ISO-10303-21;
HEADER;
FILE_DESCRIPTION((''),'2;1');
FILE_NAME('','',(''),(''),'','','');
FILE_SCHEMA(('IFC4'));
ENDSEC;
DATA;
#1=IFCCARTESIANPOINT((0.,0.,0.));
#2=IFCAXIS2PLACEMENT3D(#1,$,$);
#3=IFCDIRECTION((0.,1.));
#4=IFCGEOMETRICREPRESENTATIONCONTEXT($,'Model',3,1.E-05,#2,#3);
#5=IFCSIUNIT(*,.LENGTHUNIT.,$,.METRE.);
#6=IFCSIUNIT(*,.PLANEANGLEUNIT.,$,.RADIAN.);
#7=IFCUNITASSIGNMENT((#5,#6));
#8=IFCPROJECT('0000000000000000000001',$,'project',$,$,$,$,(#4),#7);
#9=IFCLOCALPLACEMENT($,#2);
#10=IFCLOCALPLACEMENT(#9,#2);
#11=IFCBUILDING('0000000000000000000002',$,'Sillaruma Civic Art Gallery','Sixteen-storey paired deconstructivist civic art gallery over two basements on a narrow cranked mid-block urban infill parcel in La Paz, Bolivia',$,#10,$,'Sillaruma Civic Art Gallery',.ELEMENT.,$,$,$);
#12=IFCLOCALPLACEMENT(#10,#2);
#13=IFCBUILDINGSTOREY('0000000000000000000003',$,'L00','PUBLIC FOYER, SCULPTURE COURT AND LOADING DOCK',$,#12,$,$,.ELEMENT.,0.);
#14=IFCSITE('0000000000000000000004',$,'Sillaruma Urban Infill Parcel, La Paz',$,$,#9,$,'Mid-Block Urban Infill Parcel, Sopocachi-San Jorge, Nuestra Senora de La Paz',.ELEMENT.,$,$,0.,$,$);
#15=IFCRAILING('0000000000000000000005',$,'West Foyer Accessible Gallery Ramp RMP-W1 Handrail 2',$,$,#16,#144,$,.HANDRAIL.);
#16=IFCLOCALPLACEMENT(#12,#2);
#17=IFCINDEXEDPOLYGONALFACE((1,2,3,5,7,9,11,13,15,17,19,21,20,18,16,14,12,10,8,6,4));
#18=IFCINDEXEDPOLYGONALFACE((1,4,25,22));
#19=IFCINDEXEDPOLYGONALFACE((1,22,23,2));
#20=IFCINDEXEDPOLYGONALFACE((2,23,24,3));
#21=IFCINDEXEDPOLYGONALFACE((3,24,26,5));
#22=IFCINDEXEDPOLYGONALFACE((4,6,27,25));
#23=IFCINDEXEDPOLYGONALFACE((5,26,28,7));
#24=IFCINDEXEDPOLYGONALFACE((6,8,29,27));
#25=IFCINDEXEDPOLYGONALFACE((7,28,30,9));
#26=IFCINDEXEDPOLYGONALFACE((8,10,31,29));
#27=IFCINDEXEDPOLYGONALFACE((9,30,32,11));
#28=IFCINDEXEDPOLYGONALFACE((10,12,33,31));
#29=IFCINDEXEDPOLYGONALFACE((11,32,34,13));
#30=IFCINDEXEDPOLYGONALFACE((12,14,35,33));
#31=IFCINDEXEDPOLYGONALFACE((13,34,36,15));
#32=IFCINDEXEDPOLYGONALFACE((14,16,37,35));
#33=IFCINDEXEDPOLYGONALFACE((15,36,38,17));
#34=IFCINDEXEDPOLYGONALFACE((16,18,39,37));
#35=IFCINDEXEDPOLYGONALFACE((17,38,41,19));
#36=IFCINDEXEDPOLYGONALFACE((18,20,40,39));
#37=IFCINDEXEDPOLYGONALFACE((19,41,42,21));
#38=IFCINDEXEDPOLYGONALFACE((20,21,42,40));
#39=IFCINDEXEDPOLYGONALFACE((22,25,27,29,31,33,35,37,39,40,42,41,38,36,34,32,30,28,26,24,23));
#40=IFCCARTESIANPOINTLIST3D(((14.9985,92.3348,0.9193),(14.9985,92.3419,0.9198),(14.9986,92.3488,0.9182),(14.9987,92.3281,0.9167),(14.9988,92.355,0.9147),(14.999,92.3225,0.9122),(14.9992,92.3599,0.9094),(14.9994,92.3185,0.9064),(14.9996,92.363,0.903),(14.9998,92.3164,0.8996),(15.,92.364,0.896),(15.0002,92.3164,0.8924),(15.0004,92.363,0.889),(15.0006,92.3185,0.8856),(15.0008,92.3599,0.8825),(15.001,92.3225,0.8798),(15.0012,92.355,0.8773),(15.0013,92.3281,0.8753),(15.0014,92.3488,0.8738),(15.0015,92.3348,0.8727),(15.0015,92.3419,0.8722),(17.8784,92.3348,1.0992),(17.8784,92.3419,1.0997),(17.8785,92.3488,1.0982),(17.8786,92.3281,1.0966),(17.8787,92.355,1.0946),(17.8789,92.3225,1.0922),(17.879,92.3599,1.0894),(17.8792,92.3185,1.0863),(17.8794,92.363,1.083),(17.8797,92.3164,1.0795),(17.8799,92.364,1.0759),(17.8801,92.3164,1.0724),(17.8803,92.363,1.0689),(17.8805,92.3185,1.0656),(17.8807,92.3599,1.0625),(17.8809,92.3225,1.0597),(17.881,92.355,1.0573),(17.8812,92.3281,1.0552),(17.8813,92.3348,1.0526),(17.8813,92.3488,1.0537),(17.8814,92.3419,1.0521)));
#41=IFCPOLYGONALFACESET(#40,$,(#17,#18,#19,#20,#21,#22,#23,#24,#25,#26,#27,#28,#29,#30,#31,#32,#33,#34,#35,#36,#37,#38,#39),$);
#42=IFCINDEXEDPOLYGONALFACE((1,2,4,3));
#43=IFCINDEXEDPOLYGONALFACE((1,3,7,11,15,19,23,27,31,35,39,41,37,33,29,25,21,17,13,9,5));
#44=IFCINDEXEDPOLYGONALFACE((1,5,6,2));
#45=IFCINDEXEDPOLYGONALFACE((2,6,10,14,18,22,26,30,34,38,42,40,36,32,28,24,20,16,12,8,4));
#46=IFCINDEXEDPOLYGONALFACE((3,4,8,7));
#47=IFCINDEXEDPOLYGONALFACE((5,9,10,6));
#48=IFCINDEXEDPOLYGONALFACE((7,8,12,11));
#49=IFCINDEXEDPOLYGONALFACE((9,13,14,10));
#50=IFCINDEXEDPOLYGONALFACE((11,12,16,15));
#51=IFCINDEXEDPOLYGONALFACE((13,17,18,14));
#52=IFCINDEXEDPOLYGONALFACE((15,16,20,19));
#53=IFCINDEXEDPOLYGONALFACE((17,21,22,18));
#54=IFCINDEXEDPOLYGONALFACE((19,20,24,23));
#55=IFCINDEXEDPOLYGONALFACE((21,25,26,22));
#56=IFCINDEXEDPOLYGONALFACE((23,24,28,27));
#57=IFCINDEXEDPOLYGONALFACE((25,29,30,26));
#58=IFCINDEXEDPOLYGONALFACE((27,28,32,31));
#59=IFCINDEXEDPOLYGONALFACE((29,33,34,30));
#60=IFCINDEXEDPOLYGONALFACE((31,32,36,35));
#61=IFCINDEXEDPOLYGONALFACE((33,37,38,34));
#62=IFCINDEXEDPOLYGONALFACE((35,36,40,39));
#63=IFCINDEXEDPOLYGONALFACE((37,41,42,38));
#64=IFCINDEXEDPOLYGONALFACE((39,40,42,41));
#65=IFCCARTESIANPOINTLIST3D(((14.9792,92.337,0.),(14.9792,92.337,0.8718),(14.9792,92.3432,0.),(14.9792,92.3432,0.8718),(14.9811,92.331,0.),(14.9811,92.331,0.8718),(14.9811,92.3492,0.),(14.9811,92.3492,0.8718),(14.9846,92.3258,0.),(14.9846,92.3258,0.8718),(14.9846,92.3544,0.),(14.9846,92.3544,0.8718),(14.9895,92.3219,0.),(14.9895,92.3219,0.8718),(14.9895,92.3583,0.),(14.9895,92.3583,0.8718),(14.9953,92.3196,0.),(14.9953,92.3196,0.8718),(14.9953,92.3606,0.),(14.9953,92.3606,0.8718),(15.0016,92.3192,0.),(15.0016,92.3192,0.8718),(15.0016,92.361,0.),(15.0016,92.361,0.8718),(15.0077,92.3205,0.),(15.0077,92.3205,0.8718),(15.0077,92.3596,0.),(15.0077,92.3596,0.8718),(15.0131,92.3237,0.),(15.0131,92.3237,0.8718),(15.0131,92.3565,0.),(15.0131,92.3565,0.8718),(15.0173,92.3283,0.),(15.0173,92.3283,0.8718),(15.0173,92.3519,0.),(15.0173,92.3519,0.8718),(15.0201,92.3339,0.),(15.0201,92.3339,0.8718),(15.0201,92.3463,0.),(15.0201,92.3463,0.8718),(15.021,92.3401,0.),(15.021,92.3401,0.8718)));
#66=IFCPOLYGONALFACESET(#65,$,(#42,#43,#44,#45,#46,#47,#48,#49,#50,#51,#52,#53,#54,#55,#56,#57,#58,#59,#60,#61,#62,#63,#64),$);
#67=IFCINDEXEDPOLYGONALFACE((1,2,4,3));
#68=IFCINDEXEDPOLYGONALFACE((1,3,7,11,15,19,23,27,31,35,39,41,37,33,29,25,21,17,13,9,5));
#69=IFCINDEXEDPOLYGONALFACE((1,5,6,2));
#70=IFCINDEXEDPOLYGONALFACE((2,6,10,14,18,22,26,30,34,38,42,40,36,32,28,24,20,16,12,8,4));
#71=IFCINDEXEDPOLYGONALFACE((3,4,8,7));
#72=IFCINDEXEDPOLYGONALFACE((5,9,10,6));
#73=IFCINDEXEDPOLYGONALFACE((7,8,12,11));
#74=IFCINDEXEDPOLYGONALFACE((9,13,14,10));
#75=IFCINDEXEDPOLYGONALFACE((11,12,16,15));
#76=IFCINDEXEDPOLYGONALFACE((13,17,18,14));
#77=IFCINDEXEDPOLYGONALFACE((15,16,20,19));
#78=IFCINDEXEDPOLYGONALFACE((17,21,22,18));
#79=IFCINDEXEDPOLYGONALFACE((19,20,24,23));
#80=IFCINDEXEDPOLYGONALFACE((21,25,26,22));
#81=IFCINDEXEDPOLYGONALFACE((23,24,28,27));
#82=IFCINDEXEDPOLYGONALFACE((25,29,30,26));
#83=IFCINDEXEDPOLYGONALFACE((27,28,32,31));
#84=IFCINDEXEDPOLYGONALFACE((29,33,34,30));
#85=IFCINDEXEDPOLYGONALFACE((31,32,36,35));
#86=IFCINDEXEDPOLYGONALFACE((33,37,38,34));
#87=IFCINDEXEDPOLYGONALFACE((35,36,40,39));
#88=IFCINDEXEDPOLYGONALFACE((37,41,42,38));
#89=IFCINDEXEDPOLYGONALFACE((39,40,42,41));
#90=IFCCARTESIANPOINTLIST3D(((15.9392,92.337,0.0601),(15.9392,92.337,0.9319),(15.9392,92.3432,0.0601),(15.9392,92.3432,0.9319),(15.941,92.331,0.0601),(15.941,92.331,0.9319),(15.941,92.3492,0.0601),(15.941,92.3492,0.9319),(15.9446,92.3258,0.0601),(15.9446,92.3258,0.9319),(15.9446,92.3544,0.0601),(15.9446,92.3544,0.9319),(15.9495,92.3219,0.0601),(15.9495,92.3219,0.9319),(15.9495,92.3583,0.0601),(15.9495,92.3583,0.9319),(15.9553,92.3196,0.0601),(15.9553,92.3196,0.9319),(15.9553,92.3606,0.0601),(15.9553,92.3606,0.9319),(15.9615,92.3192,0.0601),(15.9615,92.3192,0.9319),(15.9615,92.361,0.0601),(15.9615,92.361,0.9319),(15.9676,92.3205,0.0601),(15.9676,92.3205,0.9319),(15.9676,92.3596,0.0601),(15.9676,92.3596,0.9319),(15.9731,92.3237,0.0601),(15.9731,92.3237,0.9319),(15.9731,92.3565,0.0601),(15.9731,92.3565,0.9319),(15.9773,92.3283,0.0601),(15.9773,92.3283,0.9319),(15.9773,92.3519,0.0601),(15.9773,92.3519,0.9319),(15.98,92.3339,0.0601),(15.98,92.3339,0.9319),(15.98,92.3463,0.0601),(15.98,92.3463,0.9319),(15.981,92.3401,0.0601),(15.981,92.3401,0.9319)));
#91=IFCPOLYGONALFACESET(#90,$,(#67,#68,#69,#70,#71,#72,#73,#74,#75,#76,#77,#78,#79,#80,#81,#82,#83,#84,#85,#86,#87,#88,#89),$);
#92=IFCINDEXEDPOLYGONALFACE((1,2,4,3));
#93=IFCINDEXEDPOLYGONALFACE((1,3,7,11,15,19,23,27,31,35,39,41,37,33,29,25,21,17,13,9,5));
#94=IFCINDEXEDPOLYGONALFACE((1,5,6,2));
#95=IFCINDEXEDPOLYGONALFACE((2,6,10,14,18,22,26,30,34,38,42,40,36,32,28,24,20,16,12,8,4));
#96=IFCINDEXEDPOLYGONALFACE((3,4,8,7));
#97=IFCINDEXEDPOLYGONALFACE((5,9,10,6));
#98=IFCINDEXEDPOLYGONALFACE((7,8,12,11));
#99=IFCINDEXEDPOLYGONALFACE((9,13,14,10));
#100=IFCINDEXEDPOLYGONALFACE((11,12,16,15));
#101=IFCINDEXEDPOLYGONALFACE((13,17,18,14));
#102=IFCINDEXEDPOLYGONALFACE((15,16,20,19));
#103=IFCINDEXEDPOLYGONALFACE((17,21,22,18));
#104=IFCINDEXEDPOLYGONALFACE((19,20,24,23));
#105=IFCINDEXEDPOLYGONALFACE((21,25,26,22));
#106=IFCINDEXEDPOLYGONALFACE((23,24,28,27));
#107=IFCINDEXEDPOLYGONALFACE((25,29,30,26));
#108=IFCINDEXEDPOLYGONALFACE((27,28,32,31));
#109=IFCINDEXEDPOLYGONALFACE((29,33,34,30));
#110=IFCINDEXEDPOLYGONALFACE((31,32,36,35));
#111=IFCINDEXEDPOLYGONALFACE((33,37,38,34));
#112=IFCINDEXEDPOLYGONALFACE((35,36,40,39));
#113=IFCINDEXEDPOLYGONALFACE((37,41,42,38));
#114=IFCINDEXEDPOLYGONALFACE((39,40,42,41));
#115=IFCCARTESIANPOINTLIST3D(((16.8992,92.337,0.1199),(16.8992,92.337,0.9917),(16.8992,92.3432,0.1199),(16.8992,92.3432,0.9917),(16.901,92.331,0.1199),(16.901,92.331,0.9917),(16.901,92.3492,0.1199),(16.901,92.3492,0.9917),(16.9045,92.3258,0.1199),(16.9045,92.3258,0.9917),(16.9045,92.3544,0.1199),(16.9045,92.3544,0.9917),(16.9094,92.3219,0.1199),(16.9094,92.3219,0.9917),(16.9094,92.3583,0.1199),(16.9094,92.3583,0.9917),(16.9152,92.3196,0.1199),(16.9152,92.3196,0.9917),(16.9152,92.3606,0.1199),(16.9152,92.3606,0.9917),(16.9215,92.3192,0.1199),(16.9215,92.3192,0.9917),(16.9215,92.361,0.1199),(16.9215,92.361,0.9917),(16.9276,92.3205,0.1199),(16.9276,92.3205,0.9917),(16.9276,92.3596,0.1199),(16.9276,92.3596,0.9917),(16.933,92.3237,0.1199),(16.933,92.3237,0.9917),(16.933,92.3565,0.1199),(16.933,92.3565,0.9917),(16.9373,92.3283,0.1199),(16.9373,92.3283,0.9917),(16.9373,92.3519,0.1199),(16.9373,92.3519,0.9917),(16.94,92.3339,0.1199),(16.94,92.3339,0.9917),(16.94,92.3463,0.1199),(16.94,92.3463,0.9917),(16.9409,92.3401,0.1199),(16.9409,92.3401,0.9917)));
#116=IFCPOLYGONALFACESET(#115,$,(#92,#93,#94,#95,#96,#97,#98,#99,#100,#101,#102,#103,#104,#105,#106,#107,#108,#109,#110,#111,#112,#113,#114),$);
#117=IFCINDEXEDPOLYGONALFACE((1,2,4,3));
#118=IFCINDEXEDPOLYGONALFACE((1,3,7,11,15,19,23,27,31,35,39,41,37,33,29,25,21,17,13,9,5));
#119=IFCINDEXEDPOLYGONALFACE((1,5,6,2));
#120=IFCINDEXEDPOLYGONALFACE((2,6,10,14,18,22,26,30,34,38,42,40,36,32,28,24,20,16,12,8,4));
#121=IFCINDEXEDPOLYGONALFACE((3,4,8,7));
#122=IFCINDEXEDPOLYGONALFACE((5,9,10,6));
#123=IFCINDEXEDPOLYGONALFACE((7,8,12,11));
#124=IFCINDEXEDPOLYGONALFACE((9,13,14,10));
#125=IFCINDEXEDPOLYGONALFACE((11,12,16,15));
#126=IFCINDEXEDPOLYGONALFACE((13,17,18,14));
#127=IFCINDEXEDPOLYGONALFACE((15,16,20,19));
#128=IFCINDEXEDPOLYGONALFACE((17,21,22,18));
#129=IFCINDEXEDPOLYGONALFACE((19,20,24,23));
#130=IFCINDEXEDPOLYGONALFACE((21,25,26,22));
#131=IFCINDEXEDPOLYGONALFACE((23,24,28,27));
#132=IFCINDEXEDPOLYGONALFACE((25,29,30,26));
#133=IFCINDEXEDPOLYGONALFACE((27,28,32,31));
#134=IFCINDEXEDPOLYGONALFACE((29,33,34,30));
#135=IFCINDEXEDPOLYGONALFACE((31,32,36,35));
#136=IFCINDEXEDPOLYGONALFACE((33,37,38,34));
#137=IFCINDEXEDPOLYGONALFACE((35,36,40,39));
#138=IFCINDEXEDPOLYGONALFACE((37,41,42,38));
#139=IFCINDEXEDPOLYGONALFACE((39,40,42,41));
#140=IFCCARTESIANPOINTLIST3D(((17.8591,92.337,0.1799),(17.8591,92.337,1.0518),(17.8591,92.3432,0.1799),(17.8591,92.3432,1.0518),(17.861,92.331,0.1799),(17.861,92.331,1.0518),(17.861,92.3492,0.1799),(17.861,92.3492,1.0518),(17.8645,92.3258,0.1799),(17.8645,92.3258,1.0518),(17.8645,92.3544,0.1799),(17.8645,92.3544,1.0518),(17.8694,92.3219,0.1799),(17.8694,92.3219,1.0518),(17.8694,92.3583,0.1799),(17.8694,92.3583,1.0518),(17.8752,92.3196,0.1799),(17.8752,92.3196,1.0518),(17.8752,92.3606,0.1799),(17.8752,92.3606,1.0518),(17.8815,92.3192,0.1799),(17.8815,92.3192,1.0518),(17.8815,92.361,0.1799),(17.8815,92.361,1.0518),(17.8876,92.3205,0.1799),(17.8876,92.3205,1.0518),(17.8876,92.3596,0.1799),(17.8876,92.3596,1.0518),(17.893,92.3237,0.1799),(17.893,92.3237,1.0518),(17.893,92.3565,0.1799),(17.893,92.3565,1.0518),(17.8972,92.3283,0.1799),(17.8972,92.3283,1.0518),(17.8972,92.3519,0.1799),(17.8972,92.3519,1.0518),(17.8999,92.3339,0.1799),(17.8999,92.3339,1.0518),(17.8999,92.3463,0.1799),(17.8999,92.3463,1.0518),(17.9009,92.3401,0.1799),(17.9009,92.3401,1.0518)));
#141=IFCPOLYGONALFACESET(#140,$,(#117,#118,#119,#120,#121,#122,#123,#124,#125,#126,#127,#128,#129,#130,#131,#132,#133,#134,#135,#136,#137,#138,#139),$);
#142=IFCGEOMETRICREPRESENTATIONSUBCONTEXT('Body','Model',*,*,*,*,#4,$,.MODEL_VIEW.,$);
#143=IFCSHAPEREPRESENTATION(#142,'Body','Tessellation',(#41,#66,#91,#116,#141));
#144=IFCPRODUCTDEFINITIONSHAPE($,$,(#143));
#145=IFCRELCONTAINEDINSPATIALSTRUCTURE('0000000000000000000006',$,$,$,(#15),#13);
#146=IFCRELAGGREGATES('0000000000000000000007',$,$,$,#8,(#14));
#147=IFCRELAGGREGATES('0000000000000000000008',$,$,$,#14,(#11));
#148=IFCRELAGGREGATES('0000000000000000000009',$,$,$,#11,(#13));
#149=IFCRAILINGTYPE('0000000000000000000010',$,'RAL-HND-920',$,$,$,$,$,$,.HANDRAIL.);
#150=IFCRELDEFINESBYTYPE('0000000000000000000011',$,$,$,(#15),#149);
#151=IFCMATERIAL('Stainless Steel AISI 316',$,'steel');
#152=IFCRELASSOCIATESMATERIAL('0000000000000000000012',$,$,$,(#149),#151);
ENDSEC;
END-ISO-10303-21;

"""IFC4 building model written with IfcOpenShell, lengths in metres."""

from ifc_helpers import new_model, si_unit, direction, frame, origin, origin_2d, place, context, subcontext, project, spatial, circle, extrude, material, type_object, element, save


model = new_model("IFC4")

# Units and contexts
model_context = context("Model", 3, precision=1e-05, world=origin(), true_north=direction((0.0, 1.0)))
body_context = subcontext(model_context, "Body", "Model", "MODEL_VIEW")
ifc_project = project(units=[si_unit("LENGTHUNIT", "METRE"), si_unit("PLANEANGLEUNIT", "RADIAN")], contexts=[model_context])

# Site, building, storey
site_placement = place(None, origin())
site = spatial("IfcSite", under=ifc_project, at=site_placement, Name="Sillaruma Urban Infill Parcel, La Paz", LongName="Mid-Block Urban Infill Parcel, Sopocachi-San Jorge, Nuestra Senora de La Paz", CompositionType="ELEMENT", RefElevation=0.0)
building_placement = place(site_placement, origin())
building = spatial("IfcBuilding", under=site, at=building_placement, Name="Sillaruma Civic Art Gallery", Description="Sixteen-storey paired deconstructivist civic art gallery over two basements on a narrow cranked mid-block urban infill parcel in La Paz, Bolivia", LongName="Sillaruma Civic Art Gallery", CompositionType="ELEMENT")
storey_placement = place(building_placement, origin())
storey = spatial("IfcBuildingStorey", under=building, at=storey_placement, Name="L00", Description="PUBLIC FOYER, SCULPTURE COURT AND LOADING DOCK", CompositionType="ELEMENT", Elevation=0.0)

# Railing
ifc_material_1 = material(Name="Stainless Steel AISI 316", Category="steel")
railing_type = type_object("IfcRailingType", Name="RAL-HND-920", PredefinedType="HANDRAIL", material=ifc_material_1)
for number, where, name in (
    (1, (15.0, 92.3401, 0.0), "West Foyer Accessible Gallery Ramp RMP-W1 Handrail 2"),
):
    element("IfcRailing", number, at=place(storey_placement, frame(where)), inside=storey, type_object=railing_type, Name=name, PredefinedType="HANDRAIL", context=body_context, shape_type="SweptSolid", body=[
        extrude(circle(Radius=0.0239, at=origin_2d()), frame((0.0, 0.0, 0.896), z_axis=(0.998054, 0.0, 0.062357), x_axis=(0.0, 1.0, 0.0)), (0.0, 0.0, 1.0), 2.8855),
        extrude(circle(Radius=0.021, at=origin_2d()), origin(), (0.0, 0.0, 1.0), 0.8718),
        extrude(circle(Radius=0.021, at=origin_2d()), frame((0.96, 0.0, 0.0601)), (0.0, 0.0, 1.0), 0.8718),
        extrude(circle(Radius=0.021, at=origin_2d()), frame((1.9199, 0.0, 0.1199)), (0.0, 0.0, 1.0), 0.8718),
        extrude(circle(Radius=0.021, at=origin_2d()), frame((2.8799, 0.0, 0.1799)), (0.0, 0.0, 1.0), 0.8718),
    ])

save(model, "model.ifc")
